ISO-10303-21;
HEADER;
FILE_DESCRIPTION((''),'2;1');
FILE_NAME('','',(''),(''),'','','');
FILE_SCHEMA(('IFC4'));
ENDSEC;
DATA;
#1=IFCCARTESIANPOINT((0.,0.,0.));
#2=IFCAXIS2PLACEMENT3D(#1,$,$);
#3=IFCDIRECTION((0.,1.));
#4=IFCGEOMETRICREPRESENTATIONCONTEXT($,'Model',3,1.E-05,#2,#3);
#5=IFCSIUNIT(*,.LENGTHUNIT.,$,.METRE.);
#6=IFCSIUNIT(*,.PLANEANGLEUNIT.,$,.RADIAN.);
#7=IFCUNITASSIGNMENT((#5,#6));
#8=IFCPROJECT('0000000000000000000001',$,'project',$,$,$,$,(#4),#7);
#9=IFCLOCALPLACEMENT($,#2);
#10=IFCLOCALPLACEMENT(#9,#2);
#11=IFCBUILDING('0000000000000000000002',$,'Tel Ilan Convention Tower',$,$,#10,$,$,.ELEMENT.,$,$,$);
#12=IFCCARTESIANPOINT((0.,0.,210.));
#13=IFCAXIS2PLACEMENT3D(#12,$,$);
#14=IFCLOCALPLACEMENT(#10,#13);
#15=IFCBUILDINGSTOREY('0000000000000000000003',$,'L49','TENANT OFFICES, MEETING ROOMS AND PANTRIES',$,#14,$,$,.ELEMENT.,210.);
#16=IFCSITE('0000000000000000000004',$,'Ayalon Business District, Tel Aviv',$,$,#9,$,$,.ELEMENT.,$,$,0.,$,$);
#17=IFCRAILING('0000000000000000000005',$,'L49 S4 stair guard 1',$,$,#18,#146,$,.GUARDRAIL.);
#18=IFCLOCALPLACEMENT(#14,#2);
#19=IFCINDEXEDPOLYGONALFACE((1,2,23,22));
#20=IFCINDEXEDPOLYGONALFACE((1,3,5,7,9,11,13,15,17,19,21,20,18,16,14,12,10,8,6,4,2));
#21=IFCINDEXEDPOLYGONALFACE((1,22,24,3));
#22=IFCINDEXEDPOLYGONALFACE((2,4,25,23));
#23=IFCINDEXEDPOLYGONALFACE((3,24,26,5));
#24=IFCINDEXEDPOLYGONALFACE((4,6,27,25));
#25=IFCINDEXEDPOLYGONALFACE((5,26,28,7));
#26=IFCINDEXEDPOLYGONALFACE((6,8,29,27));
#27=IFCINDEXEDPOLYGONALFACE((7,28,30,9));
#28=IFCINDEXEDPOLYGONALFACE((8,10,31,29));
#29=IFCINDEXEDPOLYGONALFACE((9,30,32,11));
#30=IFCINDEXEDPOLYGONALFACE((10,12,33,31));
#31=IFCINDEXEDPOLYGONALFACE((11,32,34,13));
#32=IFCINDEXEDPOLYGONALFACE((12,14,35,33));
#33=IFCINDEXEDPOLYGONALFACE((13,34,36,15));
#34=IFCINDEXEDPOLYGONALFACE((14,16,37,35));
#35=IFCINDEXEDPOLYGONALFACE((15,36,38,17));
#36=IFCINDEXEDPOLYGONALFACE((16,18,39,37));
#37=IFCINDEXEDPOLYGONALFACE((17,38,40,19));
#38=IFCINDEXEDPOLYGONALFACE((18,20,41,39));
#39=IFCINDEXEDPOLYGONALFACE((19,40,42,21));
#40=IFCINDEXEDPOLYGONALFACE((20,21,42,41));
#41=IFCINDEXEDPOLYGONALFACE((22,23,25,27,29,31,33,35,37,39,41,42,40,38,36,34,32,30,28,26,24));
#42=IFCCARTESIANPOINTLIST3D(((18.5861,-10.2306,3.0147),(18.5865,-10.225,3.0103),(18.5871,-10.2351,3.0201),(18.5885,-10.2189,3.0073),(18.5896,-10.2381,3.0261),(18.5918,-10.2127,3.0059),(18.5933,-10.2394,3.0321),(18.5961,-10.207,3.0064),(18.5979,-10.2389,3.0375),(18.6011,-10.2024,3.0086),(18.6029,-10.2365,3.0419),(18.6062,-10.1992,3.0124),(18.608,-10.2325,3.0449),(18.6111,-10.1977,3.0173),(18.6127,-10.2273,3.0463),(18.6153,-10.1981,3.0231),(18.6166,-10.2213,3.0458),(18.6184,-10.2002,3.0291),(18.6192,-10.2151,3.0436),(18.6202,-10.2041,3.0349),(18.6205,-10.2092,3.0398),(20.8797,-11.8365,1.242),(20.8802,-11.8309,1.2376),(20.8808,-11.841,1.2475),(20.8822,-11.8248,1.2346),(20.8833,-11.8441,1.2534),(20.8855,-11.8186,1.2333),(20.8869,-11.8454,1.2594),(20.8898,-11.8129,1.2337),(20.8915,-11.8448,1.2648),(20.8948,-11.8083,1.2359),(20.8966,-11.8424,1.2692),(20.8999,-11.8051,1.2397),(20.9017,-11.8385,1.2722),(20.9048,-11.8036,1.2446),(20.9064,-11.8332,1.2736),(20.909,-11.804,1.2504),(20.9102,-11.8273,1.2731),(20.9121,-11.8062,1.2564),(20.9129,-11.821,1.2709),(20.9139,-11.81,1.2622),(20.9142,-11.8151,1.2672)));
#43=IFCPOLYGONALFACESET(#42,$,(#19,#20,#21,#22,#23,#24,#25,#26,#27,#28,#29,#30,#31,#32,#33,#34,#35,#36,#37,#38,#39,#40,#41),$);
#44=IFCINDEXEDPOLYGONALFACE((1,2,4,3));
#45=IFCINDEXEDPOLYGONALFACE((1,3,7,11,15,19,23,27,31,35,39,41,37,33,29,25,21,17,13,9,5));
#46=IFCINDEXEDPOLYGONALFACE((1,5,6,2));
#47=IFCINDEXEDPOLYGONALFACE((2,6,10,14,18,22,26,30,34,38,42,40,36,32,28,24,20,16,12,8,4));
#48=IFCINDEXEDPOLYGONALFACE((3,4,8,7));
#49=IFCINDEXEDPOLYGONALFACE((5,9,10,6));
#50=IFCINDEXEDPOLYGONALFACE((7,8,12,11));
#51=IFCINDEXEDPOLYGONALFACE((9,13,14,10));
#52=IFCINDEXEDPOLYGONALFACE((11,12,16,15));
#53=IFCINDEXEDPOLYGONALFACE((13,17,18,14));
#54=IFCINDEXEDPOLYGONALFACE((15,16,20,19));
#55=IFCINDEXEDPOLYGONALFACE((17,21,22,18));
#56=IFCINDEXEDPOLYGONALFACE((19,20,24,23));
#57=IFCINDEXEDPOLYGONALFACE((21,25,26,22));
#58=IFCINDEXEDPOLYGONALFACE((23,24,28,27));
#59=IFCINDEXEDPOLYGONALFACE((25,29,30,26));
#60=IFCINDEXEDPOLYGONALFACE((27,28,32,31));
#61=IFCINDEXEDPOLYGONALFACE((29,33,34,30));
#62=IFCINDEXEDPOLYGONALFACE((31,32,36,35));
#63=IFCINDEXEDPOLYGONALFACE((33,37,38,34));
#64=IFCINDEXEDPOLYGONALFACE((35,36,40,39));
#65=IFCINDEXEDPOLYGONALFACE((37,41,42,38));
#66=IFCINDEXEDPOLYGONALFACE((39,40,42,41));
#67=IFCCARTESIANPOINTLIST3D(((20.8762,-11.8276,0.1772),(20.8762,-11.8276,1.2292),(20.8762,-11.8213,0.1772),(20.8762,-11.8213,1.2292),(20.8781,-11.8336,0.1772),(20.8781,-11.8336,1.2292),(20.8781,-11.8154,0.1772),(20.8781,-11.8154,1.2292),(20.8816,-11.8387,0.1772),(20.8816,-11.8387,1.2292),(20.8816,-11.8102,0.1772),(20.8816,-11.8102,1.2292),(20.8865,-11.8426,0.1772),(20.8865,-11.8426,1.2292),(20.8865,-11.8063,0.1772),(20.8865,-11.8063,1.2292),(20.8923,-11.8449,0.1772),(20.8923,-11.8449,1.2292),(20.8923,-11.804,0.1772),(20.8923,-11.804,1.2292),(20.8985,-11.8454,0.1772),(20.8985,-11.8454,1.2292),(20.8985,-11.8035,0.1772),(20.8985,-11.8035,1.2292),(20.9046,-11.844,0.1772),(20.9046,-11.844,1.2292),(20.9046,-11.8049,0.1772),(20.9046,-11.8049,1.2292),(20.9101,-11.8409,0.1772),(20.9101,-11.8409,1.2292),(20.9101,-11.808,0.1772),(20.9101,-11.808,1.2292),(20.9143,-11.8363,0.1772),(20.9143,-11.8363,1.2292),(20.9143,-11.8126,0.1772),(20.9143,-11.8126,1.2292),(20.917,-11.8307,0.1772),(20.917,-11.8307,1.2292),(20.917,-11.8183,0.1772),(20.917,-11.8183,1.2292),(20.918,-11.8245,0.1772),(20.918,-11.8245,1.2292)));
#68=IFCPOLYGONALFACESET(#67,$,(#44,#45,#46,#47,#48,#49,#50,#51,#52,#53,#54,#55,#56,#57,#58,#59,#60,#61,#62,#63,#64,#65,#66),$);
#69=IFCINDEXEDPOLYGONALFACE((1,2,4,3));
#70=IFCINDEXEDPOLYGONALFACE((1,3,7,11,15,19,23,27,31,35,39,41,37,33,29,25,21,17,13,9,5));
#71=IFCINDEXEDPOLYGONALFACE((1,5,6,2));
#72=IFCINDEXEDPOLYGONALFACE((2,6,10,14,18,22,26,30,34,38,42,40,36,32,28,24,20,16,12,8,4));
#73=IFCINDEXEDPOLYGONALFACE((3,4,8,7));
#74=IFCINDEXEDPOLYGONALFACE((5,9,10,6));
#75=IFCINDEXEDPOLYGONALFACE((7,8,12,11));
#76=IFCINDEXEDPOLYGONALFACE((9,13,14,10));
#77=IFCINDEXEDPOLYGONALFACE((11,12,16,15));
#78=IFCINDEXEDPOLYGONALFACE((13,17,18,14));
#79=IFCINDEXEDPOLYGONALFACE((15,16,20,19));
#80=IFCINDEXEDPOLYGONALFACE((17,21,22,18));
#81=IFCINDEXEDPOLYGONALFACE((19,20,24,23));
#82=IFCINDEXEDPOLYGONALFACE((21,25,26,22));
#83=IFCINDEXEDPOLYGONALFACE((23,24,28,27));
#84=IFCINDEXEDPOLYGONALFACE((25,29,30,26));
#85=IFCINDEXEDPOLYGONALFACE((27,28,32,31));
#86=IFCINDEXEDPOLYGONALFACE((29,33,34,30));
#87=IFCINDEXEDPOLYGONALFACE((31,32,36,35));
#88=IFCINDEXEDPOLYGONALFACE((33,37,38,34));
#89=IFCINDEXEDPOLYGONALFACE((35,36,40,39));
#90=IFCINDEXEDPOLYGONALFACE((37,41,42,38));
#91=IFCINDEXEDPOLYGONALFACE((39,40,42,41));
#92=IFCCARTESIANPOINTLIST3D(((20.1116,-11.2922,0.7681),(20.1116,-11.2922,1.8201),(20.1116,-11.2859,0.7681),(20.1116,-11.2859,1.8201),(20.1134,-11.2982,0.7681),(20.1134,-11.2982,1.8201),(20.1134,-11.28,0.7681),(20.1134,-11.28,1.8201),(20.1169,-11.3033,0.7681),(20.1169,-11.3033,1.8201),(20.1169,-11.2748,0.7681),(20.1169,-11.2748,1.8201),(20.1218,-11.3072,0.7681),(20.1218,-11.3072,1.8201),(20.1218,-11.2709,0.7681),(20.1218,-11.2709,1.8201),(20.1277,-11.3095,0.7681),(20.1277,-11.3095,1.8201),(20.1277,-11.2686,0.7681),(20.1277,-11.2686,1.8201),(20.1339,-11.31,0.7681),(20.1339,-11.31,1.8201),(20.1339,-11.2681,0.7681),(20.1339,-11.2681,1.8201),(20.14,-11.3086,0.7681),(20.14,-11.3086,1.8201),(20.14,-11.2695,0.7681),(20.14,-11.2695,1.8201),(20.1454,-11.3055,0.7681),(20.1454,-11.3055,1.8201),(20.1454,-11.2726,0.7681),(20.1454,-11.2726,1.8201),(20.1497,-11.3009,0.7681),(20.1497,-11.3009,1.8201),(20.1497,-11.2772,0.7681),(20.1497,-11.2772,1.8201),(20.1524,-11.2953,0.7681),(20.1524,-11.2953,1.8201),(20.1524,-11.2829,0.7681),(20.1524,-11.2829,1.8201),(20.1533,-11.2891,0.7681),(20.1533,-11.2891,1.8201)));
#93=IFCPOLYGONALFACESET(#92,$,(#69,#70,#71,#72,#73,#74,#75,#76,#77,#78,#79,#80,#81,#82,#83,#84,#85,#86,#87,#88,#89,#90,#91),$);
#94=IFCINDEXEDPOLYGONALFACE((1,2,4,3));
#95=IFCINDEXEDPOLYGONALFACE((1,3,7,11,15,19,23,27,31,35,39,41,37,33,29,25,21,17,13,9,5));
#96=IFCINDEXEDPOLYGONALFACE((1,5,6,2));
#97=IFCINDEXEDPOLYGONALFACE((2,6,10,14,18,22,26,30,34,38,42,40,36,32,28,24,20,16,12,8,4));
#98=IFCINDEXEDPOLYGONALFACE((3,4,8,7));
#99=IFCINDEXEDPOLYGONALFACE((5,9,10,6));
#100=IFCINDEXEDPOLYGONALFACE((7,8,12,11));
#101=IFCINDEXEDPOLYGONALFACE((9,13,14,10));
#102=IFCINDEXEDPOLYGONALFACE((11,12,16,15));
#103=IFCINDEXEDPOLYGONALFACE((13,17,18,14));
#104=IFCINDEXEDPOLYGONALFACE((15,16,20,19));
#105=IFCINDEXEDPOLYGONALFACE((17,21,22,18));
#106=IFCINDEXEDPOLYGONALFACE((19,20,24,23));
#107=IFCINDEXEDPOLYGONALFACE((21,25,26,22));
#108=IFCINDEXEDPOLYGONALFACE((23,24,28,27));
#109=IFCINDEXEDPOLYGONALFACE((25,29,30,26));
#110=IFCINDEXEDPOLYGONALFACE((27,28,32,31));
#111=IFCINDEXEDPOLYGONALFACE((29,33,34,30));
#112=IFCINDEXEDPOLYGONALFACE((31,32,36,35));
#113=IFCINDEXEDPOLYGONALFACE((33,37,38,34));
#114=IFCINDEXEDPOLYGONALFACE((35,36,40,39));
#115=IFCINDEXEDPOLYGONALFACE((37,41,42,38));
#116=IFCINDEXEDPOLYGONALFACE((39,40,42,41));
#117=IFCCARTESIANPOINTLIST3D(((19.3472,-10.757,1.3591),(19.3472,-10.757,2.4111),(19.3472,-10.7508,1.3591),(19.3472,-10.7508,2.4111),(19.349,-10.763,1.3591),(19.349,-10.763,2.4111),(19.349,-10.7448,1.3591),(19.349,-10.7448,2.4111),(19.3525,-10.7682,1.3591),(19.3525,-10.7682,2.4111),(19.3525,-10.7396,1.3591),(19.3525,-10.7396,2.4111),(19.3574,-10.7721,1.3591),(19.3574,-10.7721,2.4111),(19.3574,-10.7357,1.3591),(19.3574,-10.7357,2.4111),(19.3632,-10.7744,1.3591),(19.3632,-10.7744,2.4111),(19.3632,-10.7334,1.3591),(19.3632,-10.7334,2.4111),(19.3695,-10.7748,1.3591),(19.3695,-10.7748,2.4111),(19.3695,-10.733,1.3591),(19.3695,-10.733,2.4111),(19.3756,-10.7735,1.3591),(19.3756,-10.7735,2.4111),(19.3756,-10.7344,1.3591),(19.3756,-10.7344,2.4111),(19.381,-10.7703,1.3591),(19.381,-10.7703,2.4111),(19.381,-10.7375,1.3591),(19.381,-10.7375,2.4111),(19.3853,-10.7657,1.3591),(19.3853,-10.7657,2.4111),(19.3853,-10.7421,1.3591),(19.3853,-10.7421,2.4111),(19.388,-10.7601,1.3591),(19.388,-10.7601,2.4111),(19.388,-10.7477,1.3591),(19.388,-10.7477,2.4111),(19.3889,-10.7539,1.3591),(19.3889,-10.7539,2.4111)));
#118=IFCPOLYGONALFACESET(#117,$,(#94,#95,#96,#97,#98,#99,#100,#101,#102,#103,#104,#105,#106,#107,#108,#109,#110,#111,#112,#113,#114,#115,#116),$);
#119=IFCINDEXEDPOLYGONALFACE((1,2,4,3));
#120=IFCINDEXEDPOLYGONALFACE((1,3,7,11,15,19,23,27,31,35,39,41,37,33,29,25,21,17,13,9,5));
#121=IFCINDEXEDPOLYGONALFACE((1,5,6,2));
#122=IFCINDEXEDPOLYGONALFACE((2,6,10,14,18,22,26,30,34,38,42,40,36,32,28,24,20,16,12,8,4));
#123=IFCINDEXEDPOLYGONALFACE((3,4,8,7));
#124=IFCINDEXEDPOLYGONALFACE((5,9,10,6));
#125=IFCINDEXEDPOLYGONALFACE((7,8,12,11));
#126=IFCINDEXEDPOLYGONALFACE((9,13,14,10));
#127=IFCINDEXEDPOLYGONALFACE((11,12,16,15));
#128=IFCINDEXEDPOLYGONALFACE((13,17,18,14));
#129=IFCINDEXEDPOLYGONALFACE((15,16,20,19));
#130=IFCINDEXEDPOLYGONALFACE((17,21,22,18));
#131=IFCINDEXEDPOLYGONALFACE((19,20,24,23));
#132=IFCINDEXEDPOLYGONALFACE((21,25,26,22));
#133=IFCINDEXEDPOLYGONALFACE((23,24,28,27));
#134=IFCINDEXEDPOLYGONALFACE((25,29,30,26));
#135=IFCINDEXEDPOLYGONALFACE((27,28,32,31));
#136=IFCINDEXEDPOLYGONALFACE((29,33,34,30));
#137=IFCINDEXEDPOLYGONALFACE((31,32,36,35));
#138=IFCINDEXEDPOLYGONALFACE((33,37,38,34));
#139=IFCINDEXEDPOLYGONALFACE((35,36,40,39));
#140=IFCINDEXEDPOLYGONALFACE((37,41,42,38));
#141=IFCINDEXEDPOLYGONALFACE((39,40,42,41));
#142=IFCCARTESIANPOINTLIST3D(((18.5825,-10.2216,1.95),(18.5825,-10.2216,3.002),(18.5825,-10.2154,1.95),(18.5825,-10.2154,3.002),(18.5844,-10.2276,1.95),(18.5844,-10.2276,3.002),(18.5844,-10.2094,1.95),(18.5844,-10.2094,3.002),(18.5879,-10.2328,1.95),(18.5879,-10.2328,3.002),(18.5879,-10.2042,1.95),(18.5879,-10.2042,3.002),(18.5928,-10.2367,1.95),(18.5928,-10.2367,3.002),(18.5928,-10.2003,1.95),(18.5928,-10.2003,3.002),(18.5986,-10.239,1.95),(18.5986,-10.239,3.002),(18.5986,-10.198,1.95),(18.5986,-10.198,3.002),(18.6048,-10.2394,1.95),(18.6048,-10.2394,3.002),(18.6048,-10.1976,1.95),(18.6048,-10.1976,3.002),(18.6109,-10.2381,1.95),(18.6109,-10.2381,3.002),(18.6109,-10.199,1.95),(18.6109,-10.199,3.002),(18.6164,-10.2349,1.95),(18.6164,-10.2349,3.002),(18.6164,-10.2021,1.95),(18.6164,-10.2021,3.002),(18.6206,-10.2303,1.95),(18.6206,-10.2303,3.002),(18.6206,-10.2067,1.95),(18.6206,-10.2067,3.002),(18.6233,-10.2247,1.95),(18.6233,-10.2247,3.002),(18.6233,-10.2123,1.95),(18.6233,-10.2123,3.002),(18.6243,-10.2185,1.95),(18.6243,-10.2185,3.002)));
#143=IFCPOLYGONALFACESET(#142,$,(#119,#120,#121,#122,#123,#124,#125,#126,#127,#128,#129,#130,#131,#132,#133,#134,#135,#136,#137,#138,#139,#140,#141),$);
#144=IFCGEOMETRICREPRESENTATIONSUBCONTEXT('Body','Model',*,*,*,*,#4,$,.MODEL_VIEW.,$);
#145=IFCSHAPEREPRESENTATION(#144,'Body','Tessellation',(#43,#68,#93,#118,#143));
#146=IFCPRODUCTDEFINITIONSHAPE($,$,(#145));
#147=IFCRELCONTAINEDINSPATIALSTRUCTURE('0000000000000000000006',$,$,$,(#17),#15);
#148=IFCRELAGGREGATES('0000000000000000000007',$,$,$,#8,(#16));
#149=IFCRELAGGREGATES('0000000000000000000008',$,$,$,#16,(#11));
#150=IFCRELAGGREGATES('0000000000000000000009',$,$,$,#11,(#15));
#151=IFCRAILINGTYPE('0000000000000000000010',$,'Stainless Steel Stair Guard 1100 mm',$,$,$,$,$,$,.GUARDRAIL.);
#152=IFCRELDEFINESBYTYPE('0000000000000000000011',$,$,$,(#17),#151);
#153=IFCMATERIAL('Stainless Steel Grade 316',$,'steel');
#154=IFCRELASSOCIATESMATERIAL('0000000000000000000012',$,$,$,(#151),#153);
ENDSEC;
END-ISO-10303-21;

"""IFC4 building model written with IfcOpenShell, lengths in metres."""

from ifc_helpers import new_model, si_unit, direction, frame, origin, origin_2d, place, context, subcontext, project, spatial, circle, extrude, material, type_object, element, save


model = new_model("IFC4")

# Units and contexts
model_context = context("Model", 3, precision=1e-05, world=origin(), true_north=direction((0.0, 1.0)))
body_context = subcontext(model_context, "Body", "Model", "MODEL_VIEW")
ifc_project = project(units=[si_unit("LENGTHUNIT", "METRE"), si_unit("PLANEANGLEUNIT", "RADIAN")], contexts=[model_context])

# Site, building, storey
site_placement = place(None, origin())
site = spatial("IfcSite", under=ifc_project, at=site_placement, Name="Ayalon Business District, Tel Aviv", CompositionType="ELEMENT", RefElevation=0.0)
building_placement = place(site_placement, origin())
building = spatial("IfcBuilding", under=site, at=building_placement, Name="Tel Ilan Convention Tower", CompositionType="ELEMENT")
storey_placement = place(building_placement, frame((0.0, 0.0, 210.0)))
storey = spatial("IfcBuildingStorey", under=building, at=storey_placement, Name="L49", Description="TENANT OFFICES, MEETING ROOMS AND PANTRIES", CompositionType="ELEMENT", Elevation=210.0)

# Railing
ifc_material_1 = material(Name="Stainless Steel Grade 316", Category="steel")
railing_type_1 = type_object("IfcRailingType", Name="Stainless Steel Stair Guard 1100 mm", PredefinedType="GUARDRAIL", material=ifc_material_1)
railing_1_placement = place(storey_placement, frame((20.897, -11.8245, 0.1772)))
element("IfcRailing", 1, at=railing_1_placement, inside=storey, type_object=railing_type_1, Name="L49 S4 stair guard 1", PredefinedType="GUARDRAIL", context=body_context, shape_type="SweptSolid", body=[
    extrude(circle(Radius=0.0239, at=origin_2d()), frame((0.0, 0.0, 1.0762), z_axis=(-0.692123, 0.484597, 0.534913), x_axis=(-0.57355, -0.81917, 0.0)), (0.0, 0.0, 1.0), 3.314),
    extrude(circle(Radius=0.021, at=origin_2d()), origin(), (0.0, 0.0, 1.0), 1.052),
    extrude(circle(Radius=0.021, at=origin_2d()), frame((-0.7646, 0.5354, 0.5908)), (0.0, 0.0, 1.0), 1.052),
    extrude(circle(Radius=0.021, at=origin_2d()), frame((-1.5291, 1.0706, 1.1819)), (0.0, 0.0, 1.0), 1.052),
    extrude(circle(Radius=0.021, at=origin_2d()), frame((-2.2937, 1.606, 1.7727)), (0.0, 0.0, 1.0), 1.052),
])

save(model, "model.ifc")
